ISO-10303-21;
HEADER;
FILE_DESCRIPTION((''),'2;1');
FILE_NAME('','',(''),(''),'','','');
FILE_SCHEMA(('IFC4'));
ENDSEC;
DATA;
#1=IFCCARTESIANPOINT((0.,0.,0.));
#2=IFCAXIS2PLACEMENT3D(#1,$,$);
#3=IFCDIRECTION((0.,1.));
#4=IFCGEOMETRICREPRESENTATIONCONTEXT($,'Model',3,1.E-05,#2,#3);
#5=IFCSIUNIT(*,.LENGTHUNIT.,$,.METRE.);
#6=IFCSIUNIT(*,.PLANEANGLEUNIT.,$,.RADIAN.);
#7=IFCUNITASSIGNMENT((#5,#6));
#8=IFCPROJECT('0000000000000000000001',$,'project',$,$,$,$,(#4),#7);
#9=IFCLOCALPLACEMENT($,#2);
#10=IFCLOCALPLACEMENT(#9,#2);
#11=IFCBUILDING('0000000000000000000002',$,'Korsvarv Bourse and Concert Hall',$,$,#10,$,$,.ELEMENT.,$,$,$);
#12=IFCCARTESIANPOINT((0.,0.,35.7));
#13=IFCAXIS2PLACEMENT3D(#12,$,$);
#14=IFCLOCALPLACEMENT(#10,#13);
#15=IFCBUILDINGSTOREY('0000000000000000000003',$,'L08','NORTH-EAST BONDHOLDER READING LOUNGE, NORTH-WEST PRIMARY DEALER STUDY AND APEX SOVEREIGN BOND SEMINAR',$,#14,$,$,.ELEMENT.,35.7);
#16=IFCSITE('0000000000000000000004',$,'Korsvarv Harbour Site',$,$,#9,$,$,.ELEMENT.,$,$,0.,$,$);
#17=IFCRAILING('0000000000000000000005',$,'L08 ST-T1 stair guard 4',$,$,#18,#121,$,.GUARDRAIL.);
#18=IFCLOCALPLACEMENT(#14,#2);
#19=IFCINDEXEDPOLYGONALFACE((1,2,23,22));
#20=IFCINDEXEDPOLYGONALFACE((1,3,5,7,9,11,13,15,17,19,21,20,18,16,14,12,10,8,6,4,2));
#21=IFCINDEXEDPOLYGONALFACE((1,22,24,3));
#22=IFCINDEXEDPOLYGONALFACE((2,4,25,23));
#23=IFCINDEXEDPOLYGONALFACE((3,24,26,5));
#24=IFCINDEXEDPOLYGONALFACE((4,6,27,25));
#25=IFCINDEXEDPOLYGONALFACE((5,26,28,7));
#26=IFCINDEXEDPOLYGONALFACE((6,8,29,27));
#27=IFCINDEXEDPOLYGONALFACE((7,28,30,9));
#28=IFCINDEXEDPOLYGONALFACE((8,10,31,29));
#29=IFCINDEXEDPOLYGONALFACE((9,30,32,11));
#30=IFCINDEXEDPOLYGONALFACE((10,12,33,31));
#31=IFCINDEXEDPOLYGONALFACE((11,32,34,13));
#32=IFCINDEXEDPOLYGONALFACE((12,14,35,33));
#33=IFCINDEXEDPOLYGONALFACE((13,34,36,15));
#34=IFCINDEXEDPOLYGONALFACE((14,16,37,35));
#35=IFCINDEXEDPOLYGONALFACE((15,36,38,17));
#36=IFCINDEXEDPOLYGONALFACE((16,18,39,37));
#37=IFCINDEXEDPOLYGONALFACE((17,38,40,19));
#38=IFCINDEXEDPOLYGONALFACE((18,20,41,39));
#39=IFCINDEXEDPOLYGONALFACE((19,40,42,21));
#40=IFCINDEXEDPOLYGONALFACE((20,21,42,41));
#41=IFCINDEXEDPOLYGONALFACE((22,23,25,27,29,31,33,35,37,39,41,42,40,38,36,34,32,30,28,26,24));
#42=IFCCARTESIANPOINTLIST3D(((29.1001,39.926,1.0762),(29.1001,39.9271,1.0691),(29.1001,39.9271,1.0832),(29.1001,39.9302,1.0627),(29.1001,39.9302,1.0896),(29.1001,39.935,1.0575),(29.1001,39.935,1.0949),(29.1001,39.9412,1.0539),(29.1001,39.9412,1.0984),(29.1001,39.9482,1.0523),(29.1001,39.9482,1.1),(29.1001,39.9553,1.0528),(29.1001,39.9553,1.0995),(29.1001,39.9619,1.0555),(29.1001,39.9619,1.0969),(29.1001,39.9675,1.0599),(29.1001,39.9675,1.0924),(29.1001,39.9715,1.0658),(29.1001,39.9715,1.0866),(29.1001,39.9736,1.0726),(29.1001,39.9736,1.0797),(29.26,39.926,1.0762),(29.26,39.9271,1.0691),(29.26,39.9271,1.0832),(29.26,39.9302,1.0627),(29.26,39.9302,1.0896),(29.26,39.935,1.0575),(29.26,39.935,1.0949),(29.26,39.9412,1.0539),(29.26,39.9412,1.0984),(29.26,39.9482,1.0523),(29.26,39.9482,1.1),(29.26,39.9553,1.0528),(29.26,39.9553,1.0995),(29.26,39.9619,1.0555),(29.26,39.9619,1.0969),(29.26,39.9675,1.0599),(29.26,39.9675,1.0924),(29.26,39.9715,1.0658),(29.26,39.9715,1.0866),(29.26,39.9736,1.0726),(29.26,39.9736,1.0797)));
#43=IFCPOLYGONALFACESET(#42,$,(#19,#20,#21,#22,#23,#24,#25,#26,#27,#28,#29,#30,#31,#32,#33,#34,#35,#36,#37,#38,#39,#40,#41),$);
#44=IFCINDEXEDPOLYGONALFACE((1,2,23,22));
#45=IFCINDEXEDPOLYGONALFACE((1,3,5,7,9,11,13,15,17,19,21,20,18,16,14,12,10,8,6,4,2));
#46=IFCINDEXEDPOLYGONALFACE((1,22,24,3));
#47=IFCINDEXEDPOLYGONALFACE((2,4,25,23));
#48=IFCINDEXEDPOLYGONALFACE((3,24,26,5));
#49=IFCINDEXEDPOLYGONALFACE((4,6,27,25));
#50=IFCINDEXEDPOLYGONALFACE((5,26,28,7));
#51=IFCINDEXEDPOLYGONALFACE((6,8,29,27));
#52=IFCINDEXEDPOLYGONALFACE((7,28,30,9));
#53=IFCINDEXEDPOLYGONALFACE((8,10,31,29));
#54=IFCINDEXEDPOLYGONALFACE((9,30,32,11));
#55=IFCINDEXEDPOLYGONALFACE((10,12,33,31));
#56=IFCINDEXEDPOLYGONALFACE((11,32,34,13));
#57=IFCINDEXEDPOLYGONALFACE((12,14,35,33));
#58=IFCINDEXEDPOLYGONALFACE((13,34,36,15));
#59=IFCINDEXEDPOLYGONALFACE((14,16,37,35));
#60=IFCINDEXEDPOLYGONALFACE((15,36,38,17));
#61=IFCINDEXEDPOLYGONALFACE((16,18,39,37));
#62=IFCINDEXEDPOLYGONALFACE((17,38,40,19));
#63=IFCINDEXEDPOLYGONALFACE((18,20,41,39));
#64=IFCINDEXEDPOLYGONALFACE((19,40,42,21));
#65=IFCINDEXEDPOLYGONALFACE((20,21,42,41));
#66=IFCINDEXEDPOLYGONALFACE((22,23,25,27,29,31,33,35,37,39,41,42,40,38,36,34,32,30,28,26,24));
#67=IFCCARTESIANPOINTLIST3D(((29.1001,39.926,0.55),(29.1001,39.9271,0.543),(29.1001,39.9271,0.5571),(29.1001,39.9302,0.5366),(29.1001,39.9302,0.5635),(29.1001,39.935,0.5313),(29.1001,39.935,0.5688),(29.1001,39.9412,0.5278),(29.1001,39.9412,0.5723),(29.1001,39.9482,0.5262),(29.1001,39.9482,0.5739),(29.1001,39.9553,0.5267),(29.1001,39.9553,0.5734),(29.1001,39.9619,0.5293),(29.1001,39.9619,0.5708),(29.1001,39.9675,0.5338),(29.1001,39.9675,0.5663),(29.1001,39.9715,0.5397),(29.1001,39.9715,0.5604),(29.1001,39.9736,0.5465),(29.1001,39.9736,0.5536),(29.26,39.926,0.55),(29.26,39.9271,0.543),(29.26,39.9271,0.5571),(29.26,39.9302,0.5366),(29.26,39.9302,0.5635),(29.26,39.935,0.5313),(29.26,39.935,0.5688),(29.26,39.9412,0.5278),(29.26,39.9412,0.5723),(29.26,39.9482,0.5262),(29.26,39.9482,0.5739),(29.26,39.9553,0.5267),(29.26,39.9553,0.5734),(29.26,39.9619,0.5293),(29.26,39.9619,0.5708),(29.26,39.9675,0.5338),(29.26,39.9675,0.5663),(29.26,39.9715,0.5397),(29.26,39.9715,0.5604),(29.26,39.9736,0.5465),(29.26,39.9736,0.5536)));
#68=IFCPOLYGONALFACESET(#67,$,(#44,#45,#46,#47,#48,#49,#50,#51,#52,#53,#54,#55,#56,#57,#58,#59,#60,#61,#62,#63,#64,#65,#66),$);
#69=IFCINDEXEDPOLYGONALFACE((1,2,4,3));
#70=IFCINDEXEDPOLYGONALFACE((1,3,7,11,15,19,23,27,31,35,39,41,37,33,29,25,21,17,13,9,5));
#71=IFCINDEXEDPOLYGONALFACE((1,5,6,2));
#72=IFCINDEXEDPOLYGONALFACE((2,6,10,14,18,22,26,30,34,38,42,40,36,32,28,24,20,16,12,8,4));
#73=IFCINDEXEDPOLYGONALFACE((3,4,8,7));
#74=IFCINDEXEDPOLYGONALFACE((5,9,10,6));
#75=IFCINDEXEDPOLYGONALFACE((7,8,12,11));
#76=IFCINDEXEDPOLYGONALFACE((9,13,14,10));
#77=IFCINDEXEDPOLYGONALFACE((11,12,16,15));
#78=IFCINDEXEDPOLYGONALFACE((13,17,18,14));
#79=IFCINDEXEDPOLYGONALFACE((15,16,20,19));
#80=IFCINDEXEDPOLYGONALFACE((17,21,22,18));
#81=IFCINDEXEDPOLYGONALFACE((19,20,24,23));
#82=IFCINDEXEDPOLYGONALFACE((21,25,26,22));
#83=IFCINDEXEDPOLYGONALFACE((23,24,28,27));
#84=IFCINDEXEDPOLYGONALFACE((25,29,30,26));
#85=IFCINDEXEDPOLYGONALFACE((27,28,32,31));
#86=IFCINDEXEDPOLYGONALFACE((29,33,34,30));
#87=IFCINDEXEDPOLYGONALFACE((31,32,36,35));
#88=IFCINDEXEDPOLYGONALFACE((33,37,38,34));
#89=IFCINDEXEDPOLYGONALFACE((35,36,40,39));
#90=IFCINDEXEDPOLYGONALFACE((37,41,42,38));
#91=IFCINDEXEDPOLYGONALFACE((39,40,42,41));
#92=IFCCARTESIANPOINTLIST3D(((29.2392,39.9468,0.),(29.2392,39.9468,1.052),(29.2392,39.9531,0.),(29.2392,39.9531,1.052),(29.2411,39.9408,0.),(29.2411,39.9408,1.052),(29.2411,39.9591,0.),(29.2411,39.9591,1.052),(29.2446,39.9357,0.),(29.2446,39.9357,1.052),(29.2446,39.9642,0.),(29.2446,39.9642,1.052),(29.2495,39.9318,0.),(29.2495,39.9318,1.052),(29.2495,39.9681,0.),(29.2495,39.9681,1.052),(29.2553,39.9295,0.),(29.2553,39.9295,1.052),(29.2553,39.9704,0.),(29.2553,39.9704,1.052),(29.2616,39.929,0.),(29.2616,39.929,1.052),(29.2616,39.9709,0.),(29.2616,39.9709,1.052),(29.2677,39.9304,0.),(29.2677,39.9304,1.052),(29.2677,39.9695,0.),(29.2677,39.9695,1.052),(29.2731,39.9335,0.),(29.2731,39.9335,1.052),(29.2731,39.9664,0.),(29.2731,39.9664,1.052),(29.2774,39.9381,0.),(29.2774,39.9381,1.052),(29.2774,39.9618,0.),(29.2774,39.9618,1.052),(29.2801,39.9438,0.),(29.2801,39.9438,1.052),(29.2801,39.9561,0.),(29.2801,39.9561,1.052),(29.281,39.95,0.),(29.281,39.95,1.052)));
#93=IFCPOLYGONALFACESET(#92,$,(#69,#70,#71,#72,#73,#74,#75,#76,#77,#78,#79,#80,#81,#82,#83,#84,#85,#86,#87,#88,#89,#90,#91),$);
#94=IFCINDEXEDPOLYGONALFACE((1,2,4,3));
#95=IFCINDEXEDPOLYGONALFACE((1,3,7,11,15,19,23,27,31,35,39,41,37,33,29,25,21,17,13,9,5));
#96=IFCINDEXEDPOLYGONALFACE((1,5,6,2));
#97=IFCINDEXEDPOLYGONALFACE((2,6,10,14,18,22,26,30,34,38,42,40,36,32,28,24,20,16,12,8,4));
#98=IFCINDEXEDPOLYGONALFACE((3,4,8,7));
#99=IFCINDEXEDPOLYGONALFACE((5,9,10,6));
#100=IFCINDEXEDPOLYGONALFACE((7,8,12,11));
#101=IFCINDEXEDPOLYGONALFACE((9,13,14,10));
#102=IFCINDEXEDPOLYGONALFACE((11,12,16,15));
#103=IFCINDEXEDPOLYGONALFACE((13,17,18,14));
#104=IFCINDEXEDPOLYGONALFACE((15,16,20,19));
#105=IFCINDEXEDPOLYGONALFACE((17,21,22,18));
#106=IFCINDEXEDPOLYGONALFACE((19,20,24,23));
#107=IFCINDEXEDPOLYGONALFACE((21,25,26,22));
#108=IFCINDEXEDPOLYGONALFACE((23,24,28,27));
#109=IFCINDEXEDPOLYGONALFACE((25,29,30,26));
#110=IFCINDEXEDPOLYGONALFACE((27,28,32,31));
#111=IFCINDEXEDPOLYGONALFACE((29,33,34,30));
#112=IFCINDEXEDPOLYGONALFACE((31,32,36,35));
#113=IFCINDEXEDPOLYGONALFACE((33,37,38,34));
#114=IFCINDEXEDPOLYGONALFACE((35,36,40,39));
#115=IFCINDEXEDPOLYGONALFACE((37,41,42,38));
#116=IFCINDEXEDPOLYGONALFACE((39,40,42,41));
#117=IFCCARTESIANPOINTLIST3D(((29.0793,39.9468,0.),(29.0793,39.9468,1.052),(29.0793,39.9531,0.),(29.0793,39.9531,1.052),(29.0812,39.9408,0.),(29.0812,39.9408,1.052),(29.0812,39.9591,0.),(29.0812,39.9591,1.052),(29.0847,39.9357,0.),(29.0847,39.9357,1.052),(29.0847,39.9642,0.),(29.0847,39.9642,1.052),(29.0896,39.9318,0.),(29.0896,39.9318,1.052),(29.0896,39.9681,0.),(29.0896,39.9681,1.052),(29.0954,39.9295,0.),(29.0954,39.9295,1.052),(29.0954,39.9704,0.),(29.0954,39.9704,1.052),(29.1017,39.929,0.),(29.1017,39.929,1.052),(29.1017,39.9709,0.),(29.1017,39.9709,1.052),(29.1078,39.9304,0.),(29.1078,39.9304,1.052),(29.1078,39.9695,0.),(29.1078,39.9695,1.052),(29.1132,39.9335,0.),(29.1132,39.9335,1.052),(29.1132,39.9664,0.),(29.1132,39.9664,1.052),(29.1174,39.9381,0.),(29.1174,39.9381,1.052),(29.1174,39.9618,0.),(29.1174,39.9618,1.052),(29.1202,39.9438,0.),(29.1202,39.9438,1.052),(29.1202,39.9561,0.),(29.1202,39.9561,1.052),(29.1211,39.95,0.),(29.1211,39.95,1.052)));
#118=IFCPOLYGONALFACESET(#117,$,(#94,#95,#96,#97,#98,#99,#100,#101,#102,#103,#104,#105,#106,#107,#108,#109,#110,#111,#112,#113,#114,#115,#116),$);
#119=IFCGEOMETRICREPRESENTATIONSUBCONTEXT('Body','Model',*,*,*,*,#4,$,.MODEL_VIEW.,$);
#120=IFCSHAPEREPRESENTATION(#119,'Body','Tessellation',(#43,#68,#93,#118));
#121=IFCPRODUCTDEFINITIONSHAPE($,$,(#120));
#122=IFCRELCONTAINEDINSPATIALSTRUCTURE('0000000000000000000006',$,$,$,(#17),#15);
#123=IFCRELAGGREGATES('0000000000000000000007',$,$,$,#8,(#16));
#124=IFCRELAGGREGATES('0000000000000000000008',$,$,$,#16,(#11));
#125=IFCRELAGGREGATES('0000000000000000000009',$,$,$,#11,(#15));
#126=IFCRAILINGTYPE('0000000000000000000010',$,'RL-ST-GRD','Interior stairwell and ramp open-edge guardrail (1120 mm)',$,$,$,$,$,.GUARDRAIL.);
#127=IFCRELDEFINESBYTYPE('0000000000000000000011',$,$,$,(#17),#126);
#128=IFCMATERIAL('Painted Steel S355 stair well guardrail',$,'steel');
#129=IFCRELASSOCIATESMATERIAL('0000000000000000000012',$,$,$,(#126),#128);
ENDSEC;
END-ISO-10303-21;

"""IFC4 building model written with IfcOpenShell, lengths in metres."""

from ifc_helpers import new_model, si_unit, direction, frame, origin, origin_2d, place, context, subcontext, project, spatial, circle, extrude, material, type_object, element, save


model = new_model("IFC4")

# Units and contexts
model_context = context("Model", 3, precision=1e-05, world=origin(), true_north=direction((0.0, 1.0)))
body_context = subcontext(model_context, "Body", "Model", "MODEL_VIEW")
ifc_project = project(units=[si_unit("LENGTHUNIT", "METRE"), si_unit("PLANEANGLEUNIT", "RADIAN")], contexts=[model_context])

# Site, building, storey
site_placement = place(None, origin())
site = spatial("IfcSite", under=ifc_project, at=site_placement, Name="Korsvarv Harbour Site", CompositionType="ELEMENT", RefElevation=0.0)
building_placement = place(site_placement, origin())
building = spatial("IfcBuilding", under=site, at=building_placement, Name="Korsvarv Bourse and Concert Hall", CompositionType="ELEMENT")
storey_placement = place(building_placement, frame((0.0, 0.0, 35.7)))
storey = spatial("IfcBuildingStorey", under=building, at=storey_placement, Name="L08", Description="NORTH-EAST BONDHOLDER READING LOUNGE, NORTH-WEST PRIMARY DEALER STUDY AND APEX SOVEREIGN BOND SEMINAR", CompositionType="ELEMENT", Elevation=35.7)

# Railing
ifc_material_1 = material(Name="Painted Steel S355 stair well guardrail", Category="steel")
railing_type_1 = type_object("IfcRailingType", Name="RL-ST-GRD", Description="Interior stairwell and ramp open-edge guardrail (1120 mm)", PredefinedType="GUARDRAIL", material=ifc_material_1)
railing_1_placement = place(storey_placement, frame((29.26, 39.95, 0.0)))
element("IfcRailing", 1, at=railing_1_placement, inside=storey, type_object=railing_type_1, Name="L08 ST-T1 stair guard 4", PredefinedType="GUARDRAIL", context=body_context, shape_type="SweptSolid", body=[
    extrude(circle(Radius=0.0239, at=origin_2d()), frame((0.0, 0.0, 1.0762), z_axis=(-1.0, 0.0, 0.0), x_axis=(0.0, -1.0, 0.0)), (0.0, 0.0, 1.0), 0.1599),
    extrude(circle(Radius=0.0239, at=origin_2d()), frame((0.0, 0.0, 0.55), z_axis=(-1.0, 0.0, 0.0), x_axis=(0.0, -1.0, 0.0)), (0.0, 0.0, 1.0), 0.1599),
    extrude(circle(Radius=0.021, at=origin_2d()), origin(), (0.0, 0.0, 1.0), 1.052),
    extrude(circle(Radius=0.021, at=origin_2d()), frame((-0.1599, 0.0, 0.0)), (0.0, 0.0, 1.0), 1.052),
])

save(model, "model.ifc")
